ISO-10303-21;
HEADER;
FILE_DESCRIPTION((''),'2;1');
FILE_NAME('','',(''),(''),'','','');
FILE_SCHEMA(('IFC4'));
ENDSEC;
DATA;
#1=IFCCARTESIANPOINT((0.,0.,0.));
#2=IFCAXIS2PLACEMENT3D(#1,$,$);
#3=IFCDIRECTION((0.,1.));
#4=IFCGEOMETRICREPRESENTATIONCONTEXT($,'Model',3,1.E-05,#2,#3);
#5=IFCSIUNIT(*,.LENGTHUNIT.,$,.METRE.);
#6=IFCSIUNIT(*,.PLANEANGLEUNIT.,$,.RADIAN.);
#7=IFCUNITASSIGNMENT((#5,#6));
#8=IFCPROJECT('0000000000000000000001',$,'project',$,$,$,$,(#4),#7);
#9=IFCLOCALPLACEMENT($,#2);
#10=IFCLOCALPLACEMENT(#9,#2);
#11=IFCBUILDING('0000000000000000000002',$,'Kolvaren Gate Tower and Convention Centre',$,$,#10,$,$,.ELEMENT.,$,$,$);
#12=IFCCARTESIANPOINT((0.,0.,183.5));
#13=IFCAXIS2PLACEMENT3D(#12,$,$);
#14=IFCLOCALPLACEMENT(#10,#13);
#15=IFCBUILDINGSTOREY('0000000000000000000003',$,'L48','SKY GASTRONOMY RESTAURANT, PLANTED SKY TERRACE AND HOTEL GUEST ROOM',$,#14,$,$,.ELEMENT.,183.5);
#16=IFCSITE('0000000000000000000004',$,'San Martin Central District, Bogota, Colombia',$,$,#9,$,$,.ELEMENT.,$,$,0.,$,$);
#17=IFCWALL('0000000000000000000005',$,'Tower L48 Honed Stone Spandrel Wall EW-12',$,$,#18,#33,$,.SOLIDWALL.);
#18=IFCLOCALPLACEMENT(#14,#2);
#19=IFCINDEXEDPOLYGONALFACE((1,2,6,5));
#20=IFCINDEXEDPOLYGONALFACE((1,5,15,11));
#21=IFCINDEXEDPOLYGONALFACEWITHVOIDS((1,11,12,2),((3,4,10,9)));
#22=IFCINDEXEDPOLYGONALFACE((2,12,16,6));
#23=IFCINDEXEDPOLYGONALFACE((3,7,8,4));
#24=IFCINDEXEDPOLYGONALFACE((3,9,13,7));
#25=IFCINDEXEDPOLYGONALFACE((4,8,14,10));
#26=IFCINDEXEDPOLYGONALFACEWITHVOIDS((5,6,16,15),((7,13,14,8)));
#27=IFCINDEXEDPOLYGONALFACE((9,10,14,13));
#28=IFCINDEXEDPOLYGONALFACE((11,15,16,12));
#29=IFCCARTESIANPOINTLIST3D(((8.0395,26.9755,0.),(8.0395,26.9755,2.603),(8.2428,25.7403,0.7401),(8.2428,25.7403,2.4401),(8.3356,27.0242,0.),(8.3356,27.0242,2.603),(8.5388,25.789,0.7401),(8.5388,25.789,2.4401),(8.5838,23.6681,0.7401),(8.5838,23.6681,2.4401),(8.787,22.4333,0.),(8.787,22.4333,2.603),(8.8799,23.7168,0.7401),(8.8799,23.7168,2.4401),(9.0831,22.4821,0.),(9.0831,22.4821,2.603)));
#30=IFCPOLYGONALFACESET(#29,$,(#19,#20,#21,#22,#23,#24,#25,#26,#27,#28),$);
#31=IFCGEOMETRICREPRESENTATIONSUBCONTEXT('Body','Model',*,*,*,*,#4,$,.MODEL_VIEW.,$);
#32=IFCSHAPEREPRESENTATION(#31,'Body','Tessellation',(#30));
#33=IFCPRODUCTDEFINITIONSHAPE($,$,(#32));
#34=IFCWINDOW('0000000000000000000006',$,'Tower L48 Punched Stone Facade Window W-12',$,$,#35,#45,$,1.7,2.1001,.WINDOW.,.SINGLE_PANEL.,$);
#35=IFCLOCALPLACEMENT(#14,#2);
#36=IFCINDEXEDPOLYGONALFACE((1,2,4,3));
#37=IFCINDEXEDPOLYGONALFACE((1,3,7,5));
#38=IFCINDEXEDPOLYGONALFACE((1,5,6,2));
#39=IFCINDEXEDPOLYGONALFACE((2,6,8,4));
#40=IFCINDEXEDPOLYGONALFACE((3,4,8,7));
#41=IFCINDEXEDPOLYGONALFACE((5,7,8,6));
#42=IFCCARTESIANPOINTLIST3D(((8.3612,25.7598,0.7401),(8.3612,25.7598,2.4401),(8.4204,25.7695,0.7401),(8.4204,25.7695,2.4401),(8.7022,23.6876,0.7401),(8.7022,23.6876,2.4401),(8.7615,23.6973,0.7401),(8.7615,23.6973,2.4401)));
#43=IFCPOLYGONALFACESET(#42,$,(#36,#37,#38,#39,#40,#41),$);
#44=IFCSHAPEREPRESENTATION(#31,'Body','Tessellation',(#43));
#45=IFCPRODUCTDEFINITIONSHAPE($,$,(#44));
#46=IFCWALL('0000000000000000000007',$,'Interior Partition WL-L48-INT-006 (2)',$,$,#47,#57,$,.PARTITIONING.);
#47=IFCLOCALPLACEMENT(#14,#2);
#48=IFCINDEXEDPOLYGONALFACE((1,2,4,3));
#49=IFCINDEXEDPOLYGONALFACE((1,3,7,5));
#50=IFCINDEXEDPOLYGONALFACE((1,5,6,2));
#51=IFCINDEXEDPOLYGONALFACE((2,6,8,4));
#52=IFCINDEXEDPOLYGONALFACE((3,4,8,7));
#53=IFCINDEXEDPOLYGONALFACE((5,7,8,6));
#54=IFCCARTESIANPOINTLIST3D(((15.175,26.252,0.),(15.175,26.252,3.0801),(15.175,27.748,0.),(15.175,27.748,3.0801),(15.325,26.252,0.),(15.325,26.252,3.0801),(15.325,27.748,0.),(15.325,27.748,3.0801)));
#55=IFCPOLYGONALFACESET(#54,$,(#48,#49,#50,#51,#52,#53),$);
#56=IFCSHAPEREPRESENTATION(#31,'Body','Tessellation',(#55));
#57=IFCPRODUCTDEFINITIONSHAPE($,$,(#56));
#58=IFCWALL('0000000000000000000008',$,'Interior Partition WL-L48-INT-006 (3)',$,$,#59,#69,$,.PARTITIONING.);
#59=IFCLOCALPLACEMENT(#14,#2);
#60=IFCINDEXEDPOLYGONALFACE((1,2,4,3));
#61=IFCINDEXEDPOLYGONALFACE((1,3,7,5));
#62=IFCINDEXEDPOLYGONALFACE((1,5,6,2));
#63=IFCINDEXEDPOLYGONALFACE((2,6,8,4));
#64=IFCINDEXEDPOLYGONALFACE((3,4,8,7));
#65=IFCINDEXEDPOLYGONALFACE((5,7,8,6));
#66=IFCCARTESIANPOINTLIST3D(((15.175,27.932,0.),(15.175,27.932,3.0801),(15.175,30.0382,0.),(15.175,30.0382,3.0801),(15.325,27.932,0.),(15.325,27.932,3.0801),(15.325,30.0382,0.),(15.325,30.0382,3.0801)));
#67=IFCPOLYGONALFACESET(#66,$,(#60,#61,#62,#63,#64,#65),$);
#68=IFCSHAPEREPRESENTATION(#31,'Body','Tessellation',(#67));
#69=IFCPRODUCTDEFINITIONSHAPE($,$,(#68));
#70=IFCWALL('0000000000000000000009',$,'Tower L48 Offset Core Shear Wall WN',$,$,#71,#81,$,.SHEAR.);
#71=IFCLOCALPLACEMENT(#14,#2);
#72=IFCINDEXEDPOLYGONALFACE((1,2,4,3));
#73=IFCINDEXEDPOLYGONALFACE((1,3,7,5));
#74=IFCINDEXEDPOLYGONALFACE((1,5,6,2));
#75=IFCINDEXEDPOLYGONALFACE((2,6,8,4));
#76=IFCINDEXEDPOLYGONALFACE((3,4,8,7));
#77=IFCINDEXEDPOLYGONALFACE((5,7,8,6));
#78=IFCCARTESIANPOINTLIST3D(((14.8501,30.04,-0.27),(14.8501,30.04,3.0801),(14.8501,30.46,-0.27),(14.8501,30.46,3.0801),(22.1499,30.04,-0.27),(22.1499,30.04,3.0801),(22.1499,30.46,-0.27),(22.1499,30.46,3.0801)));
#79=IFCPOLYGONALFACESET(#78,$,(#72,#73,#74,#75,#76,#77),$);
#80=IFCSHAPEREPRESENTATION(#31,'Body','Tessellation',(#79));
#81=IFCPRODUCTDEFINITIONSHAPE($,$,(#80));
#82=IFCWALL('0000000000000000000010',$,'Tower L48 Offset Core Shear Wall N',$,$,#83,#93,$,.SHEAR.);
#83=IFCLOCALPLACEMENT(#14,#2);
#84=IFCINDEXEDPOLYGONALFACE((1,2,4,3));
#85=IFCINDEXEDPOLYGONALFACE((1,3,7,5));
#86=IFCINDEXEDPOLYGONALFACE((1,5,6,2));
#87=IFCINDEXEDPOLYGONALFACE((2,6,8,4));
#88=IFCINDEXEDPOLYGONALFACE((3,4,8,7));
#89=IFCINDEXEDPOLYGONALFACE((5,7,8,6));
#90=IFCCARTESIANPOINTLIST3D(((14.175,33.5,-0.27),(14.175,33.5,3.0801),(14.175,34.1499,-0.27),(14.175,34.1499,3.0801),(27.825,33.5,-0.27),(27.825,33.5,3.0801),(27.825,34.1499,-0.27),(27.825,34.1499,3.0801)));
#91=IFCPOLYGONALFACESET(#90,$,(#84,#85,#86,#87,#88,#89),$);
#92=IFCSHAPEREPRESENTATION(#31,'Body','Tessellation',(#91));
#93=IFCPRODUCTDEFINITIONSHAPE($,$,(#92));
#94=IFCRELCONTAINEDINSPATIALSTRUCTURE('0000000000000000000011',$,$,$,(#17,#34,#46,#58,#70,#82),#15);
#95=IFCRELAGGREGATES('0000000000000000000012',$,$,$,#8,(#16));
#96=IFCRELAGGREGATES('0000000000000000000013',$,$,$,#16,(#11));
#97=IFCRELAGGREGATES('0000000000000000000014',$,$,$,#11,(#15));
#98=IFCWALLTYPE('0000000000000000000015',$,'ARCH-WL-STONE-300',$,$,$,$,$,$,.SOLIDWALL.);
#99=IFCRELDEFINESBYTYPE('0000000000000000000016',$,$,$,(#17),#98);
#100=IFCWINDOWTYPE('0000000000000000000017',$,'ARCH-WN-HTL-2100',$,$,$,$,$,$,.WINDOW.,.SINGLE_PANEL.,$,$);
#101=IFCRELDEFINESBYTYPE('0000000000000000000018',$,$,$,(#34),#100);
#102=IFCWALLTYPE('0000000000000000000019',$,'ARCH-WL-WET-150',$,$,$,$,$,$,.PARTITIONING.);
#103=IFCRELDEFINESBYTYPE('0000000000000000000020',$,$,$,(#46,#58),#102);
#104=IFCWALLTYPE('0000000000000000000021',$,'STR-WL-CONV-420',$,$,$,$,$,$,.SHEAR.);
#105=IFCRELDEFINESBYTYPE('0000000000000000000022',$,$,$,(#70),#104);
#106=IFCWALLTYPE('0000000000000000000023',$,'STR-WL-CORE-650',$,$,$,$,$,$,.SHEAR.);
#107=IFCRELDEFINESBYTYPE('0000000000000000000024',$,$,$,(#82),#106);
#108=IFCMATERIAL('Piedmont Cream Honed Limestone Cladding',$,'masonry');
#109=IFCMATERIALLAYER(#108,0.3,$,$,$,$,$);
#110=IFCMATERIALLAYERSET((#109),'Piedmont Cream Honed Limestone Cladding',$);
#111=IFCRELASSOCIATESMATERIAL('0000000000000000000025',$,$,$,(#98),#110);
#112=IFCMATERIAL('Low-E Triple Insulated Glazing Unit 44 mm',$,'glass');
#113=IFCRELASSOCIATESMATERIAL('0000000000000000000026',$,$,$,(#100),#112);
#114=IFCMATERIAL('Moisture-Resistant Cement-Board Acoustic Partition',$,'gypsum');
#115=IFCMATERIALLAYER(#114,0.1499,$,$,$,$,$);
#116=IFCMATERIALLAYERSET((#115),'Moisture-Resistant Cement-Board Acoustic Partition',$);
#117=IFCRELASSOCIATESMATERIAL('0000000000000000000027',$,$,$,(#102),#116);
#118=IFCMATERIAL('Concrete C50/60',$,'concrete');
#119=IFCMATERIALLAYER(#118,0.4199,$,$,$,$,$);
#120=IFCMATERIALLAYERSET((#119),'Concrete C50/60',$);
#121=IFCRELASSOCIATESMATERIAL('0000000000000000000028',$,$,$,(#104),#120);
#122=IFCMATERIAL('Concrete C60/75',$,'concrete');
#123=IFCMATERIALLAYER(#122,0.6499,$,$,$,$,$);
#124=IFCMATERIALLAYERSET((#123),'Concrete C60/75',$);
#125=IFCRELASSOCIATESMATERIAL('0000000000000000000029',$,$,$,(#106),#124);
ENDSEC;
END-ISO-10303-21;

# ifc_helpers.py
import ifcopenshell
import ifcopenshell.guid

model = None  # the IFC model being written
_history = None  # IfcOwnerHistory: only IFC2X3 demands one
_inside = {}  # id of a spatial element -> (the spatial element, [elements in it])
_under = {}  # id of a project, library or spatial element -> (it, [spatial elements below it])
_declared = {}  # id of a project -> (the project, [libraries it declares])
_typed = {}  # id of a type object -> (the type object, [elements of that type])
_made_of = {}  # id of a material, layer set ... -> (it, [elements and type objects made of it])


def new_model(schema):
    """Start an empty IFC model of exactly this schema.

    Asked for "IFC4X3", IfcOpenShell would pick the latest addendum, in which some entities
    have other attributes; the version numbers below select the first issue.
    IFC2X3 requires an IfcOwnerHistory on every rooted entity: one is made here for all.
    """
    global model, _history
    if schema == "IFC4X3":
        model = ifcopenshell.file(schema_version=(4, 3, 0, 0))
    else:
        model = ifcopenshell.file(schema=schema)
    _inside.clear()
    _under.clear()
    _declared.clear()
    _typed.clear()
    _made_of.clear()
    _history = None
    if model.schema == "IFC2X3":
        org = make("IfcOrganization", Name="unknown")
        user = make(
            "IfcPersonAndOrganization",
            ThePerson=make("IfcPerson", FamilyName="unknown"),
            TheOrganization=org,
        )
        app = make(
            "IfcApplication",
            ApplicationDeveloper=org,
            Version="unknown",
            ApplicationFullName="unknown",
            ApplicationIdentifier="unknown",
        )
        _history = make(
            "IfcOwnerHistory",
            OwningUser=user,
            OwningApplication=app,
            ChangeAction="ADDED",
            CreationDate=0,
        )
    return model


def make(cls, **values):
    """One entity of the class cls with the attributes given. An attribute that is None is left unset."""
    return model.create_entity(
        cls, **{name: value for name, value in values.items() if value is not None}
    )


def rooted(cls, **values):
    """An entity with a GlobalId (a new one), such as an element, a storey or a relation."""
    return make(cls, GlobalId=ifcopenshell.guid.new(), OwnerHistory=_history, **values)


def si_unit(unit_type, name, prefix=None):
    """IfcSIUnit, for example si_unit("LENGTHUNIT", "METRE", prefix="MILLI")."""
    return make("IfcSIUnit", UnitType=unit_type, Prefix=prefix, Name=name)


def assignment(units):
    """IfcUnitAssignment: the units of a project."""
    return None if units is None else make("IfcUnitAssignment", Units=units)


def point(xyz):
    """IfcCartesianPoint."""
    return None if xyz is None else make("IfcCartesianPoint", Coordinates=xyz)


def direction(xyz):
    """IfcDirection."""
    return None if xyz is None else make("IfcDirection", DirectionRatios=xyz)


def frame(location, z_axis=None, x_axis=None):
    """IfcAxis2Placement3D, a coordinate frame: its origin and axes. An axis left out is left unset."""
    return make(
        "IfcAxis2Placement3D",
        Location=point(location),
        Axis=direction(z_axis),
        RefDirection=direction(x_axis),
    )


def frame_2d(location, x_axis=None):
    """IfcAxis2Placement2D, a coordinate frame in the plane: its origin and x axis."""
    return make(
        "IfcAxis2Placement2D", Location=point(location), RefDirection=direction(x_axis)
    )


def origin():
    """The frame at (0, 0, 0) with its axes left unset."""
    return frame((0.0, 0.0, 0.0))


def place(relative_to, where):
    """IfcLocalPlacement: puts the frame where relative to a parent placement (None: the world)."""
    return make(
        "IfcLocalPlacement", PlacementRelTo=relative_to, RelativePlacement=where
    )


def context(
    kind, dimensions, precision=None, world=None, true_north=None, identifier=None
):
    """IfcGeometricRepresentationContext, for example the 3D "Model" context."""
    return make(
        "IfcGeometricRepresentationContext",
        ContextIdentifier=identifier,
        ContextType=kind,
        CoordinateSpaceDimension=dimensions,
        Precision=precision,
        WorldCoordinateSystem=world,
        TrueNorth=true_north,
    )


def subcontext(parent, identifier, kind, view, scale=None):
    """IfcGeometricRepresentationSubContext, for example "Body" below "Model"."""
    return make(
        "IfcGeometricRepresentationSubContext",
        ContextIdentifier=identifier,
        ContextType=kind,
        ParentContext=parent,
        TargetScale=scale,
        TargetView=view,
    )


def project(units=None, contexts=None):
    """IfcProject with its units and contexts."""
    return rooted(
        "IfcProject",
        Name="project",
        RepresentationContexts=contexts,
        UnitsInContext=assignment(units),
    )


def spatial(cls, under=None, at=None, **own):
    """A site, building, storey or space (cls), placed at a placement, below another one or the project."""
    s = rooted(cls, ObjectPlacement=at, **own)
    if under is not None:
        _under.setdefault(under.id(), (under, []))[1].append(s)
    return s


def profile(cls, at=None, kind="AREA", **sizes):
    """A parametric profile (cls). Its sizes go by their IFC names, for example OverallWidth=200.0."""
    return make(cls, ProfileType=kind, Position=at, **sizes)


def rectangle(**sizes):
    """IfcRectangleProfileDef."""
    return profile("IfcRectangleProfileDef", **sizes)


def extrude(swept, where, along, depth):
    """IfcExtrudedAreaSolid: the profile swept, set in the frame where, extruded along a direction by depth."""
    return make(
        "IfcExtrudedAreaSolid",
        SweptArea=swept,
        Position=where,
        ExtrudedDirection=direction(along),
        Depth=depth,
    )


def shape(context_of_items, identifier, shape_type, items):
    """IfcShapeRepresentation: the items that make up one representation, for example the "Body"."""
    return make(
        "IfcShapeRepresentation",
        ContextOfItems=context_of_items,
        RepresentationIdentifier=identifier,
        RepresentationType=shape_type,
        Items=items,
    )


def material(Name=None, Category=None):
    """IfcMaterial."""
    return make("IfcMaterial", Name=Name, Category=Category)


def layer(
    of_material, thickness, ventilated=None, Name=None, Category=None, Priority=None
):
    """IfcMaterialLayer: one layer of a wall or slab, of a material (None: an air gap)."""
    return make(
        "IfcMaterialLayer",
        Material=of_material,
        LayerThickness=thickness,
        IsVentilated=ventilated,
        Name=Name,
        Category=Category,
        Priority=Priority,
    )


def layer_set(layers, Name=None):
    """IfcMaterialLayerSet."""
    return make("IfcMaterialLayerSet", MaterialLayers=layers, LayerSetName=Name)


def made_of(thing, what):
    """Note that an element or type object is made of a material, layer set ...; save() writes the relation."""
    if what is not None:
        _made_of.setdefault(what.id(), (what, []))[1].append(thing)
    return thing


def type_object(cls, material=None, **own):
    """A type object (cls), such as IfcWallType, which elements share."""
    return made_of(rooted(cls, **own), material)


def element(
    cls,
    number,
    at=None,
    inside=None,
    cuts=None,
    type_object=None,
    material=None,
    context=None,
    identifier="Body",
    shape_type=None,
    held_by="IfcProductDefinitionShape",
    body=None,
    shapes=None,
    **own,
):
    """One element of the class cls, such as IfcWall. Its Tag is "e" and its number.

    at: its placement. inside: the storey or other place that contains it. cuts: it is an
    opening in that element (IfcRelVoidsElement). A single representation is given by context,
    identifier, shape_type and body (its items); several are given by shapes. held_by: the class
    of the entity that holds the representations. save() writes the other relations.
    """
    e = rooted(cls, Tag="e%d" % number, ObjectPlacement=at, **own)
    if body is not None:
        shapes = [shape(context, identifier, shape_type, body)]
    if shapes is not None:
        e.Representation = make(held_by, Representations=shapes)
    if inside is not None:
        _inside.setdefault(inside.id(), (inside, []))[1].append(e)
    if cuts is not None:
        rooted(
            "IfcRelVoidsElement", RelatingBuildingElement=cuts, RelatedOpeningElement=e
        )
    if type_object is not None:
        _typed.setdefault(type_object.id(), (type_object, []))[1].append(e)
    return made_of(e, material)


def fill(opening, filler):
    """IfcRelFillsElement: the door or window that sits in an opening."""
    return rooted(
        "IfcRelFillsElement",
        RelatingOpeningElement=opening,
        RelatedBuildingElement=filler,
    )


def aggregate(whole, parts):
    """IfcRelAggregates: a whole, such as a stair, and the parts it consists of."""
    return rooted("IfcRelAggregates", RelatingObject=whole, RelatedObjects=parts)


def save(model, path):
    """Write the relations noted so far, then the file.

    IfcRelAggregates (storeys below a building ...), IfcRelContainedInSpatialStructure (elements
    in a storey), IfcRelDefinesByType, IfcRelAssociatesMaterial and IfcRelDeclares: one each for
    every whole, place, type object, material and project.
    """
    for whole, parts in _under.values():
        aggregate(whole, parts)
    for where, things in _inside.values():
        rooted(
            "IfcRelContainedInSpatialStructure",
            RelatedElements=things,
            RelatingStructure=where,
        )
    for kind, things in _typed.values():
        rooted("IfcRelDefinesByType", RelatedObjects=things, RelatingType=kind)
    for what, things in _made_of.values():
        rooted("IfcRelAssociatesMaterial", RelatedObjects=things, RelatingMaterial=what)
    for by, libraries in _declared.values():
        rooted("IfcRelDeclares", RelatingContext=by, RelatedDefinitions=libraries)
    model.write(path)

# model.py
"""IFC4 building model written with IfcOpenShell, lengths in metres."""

from ifc_helpers import new_model, si_unit, direction, frame, frame_2d, origin, place, context, subcontext, project, spatial, rectangle, extrude, material, layer, layer_set, type_object, element, fill, save


model = new_model("IFC4")

# Units and contexts
model_context = context("Model", 3, precision=1e-05, world=origin(), true_north=direction((0.0, 1.0)))
body_context = subcontext(model_context, "Body", "Model", "MODEL_VIEW")
ifc_project = project(units=[si_unit("LENGTHUNIT", "METRE"), si_unit("PLANEANGLEUNIT", "RADIAN")], contexts=[model_context])

# Site, building, storey
site_placement = place(None, origin())
site = spatial("IfcSite", under=ifc_project, at=site_placement, Name="San Martin Central District, Bogota, Colombia", CompositionType="ELEMENT", RefElevation=0.0)
building_placement = place(site_placement, origin())
building = spatial("IfcBuilding", under=site, at=building_placement, Name="Kolvaren Gate Tower and Convention Centre", CompositionType="ELEMENT")
storey_placement = place(building_placement, frame((0.0, 0.0, 183.5)))
storey = spatial("IfcBuildingStorey", under=building, at=storey_placement, Name="L48", Description="SKY GASTRONOMY RESTAURANT, PLANTED SKY TERRACE AND HOTEL GUEST ROOM", CompositionType="ELEMENT", Elevation=183.5)

# Shared definitions
ifc_material_1 = material(Name="Concrete C60/75", Category="concrete")

# Shared definitions
ifc_material_2 = material(Name="Piedmont Cream Honed Limestone Cladding", Category="masonry")

# Shared definitions
ifc_layer_1 = layer(ifc_material_2, 0.3)
ifc_layer_set_1 = layer_set([ifc_layer_1], Name="Piedmont Cream Honed Limestone Cladding")
wall_type_1 = type_object("IfcWallType", Name="ARCH-WL-STONE-300", PredefinedType="SOLIDWALL", material=ifc_layer_set_1)

# Wall, opening, window
ifc_material_3 = material(Name="Low-E Triple Insulated Glazing Unit 44 mm", Category="glass")
window_type = type_object("IfcWindowType", Name="ARCH-WN-HTL-2100", PartitioningType="SINGLE_PANEL", PredefinedType="WINDOW", material=ifc_material_3)
wall_1_placement = place(storey_placement, frame((8.1875, 27.0, 0.0), z_axis=(0.0, 0.0, 1.0), x_axis=(0.162395, -0.986726, 0.0)))
wall_1 = element("IfcWall", 1, at=wall_1_placement, inside=storey, type_object=wall_type_1, Name="Tower L48 Honed Stone Spandrel Wall EW-12", PredefinedType="SOLIDWALL", context=body_context, shape_type="SweptSolid", body=[
    extrude(rectangle(XDim=4.6033, YDim=0.3, at=frame_2d((2.3018, 0.0))), origin(), (0.0, 0.0, 1.0), 2.603),
])
opening_1_placement = place(wall_1_placement, frame((1.252, 0.0, 0.74)))
opening_1 = element("IfcOpeningElement", 2, at=opening_1_placement, cuts=wall_1, PredefinedType="OPENING", context=body_context, shape_type="SweptSolid", body=[
    extrude(rectangle(XDim=2.1001, YDim=1.7, at=frame_2d((1.05, 0.8501))), frame((0.0, 0.1599, 0.0), z_axis=(0.0, -1.0, 0.0), x_axis=(1.0, 0.0, 0.0)), (0.0, 0.0, 1.0), 0.3201),
])
window_1_placement = place(opening_1_placement, origin())
window_1 = element("IfcWindow", 3, at=window_1_placement, inside=storey, type_object=window_type, Name="Tower L48 Punched Stone Facade Window W-12", OverallHeight=1.7, OverallWidth=2.1001, PartitioningType="SINGLE_PANEL", PredefinedType="WINDOW", context=body_context, shape_type="SweptSolid", body=[
    extrude(rectangle(XDim=2.1001, YDim=1.7, at=frame_2d((1.05, 0.8501))), frame((0.0, 0.03, 0.0), z_axis=(0.0, -1.0, 0.0), x_axis=(1.0, 0.0, 0.0)), (0.0, 0.0, 1.0), 0.0601),
])
fill(opening_1, window_1)

# Walls
ifc_material_4 = material(Name="Moisture-Resistant Cement-Board Acoustic Partition", Category="gypsum")
ifc_layer_2 = layer(ifc_material_4, 0.1499)
ifc_layer_set_2 = layer_set([ifc_layer_2], Name="Moisture-Resistant Cement-Board Acoustic Partition")
wall_type_2 = type_object("IfcWallType", Name="ARCH-WL-WET-150", PredefinedType="PARTITIONING", material=ifc_layer_set_2)
wall_2_placement = place(storey_placement, frame((15.25, 26.252, 0.0), z_axis=(0.0, 0.0, 1.0), x_axis=(0.0, 1.0, 0.0)))
element("IfcWall", 4, at=wall_2_placement, inside=storey, type_object=wall_type_2, Name="Interior Partition WL-L48-INT-006 (2)", PredefinedType="PARTITIONING", context=body_context, shape_type="SweptSolid", body=[
    extrude(rectangle(XDim=1.4961, YDim=0.1499, at=frame_2d((0.748, 0.0))), origin(), (0.0, 0.0, 1.0), 3.0801),
])
wall_3_placement = place(storey_placement, frame((15.25, 27.9319, 0.0), z_axis=(0.0, 0.0, 1.0), x_axis=(0.0, 1.0, 0.0)))
element("IfcWall", 5, at=wall_3_placement, inside=storey, type_object=wall_type_2, Name="Interior Partition WL-L48-INT-006 (3)", PredefinedType="PARTITIONING", context=body_context, shape_type="SweptSolid", body=[
    extrude(rectangle(XDim=2.1062, YDim=0.1499, at=frame_2d((1.0532, 0.0))), origin(), (0.0, 0.0, 1.0), 3.0801),
])
ifc_material_5 = material(Name="Concrete C50/60", Category="concrete")
ifc_layer_3 = layer(ifc_material_5, 0.4199)
ifc_layer_set_3 = layer_set([ifc_layer_3], Name="Concrete C50/60")
wall_type_3 = type_object("IfcWallType", Name="STR-WL-CONV-420", PredefinedType="SHEAR", material=ifc_layer_set_3)
wall_4_placement = place(storey_placement, frame((14.8501, 30.25, -0.27), z_axis=(0.0, 0.0, 1.0), x_axis=(1.0, 0.0, 0.0)))
element("IfcWall", 6, at=wall_4_placement, inside=storey, type_object=wall_type_3, Name="Tower L48 Offset Core Shear Wall WN", PredefinedType="SHEAR", context=body_context, shape_type="SweptSolid", body=[
    extrude(rectangle(XDim=7.2998, YDim=0.4199, at=frame_2d((3.6499, 0.0))), origin(), (0.0, 0.0, 1.0), 3.3501),
])
ifc_layer_4 = layer(ifc_material_1, 0.6499)
ifc_layer_set_4 = layer_set([ifc_layer_4], Name="Concrete C60/75")
wall_type_4 = type_object("IfcWallType", Name="STR-WL-CORE-650", PredefinedType="SHEAR", material=ifc_layer_set_4)
wall_5_placement = place(storey_placement, frame((14.175, 33.825, -0.27), z_axis=(0.0, 0.0, 1.0), x_axis=(1.0, 0.0, 0.0)))
element("IfcWall", 7, at=wall_5_placement, inside=storey, type_object=wall_type_4, Name="Tower L48 Offset Core Shear Wall N", PredefinedType="SHEAR", context=body_context, shape_type="SweptSolid", body=[
    extrude(rectangle(XDim=13.6499, YDim=0.6499, at=frame_2d((6.825, 0.0))), origin(), (0.0, 0.0, 1.0), 3.3501),
])

save(model, "model.ifc")
